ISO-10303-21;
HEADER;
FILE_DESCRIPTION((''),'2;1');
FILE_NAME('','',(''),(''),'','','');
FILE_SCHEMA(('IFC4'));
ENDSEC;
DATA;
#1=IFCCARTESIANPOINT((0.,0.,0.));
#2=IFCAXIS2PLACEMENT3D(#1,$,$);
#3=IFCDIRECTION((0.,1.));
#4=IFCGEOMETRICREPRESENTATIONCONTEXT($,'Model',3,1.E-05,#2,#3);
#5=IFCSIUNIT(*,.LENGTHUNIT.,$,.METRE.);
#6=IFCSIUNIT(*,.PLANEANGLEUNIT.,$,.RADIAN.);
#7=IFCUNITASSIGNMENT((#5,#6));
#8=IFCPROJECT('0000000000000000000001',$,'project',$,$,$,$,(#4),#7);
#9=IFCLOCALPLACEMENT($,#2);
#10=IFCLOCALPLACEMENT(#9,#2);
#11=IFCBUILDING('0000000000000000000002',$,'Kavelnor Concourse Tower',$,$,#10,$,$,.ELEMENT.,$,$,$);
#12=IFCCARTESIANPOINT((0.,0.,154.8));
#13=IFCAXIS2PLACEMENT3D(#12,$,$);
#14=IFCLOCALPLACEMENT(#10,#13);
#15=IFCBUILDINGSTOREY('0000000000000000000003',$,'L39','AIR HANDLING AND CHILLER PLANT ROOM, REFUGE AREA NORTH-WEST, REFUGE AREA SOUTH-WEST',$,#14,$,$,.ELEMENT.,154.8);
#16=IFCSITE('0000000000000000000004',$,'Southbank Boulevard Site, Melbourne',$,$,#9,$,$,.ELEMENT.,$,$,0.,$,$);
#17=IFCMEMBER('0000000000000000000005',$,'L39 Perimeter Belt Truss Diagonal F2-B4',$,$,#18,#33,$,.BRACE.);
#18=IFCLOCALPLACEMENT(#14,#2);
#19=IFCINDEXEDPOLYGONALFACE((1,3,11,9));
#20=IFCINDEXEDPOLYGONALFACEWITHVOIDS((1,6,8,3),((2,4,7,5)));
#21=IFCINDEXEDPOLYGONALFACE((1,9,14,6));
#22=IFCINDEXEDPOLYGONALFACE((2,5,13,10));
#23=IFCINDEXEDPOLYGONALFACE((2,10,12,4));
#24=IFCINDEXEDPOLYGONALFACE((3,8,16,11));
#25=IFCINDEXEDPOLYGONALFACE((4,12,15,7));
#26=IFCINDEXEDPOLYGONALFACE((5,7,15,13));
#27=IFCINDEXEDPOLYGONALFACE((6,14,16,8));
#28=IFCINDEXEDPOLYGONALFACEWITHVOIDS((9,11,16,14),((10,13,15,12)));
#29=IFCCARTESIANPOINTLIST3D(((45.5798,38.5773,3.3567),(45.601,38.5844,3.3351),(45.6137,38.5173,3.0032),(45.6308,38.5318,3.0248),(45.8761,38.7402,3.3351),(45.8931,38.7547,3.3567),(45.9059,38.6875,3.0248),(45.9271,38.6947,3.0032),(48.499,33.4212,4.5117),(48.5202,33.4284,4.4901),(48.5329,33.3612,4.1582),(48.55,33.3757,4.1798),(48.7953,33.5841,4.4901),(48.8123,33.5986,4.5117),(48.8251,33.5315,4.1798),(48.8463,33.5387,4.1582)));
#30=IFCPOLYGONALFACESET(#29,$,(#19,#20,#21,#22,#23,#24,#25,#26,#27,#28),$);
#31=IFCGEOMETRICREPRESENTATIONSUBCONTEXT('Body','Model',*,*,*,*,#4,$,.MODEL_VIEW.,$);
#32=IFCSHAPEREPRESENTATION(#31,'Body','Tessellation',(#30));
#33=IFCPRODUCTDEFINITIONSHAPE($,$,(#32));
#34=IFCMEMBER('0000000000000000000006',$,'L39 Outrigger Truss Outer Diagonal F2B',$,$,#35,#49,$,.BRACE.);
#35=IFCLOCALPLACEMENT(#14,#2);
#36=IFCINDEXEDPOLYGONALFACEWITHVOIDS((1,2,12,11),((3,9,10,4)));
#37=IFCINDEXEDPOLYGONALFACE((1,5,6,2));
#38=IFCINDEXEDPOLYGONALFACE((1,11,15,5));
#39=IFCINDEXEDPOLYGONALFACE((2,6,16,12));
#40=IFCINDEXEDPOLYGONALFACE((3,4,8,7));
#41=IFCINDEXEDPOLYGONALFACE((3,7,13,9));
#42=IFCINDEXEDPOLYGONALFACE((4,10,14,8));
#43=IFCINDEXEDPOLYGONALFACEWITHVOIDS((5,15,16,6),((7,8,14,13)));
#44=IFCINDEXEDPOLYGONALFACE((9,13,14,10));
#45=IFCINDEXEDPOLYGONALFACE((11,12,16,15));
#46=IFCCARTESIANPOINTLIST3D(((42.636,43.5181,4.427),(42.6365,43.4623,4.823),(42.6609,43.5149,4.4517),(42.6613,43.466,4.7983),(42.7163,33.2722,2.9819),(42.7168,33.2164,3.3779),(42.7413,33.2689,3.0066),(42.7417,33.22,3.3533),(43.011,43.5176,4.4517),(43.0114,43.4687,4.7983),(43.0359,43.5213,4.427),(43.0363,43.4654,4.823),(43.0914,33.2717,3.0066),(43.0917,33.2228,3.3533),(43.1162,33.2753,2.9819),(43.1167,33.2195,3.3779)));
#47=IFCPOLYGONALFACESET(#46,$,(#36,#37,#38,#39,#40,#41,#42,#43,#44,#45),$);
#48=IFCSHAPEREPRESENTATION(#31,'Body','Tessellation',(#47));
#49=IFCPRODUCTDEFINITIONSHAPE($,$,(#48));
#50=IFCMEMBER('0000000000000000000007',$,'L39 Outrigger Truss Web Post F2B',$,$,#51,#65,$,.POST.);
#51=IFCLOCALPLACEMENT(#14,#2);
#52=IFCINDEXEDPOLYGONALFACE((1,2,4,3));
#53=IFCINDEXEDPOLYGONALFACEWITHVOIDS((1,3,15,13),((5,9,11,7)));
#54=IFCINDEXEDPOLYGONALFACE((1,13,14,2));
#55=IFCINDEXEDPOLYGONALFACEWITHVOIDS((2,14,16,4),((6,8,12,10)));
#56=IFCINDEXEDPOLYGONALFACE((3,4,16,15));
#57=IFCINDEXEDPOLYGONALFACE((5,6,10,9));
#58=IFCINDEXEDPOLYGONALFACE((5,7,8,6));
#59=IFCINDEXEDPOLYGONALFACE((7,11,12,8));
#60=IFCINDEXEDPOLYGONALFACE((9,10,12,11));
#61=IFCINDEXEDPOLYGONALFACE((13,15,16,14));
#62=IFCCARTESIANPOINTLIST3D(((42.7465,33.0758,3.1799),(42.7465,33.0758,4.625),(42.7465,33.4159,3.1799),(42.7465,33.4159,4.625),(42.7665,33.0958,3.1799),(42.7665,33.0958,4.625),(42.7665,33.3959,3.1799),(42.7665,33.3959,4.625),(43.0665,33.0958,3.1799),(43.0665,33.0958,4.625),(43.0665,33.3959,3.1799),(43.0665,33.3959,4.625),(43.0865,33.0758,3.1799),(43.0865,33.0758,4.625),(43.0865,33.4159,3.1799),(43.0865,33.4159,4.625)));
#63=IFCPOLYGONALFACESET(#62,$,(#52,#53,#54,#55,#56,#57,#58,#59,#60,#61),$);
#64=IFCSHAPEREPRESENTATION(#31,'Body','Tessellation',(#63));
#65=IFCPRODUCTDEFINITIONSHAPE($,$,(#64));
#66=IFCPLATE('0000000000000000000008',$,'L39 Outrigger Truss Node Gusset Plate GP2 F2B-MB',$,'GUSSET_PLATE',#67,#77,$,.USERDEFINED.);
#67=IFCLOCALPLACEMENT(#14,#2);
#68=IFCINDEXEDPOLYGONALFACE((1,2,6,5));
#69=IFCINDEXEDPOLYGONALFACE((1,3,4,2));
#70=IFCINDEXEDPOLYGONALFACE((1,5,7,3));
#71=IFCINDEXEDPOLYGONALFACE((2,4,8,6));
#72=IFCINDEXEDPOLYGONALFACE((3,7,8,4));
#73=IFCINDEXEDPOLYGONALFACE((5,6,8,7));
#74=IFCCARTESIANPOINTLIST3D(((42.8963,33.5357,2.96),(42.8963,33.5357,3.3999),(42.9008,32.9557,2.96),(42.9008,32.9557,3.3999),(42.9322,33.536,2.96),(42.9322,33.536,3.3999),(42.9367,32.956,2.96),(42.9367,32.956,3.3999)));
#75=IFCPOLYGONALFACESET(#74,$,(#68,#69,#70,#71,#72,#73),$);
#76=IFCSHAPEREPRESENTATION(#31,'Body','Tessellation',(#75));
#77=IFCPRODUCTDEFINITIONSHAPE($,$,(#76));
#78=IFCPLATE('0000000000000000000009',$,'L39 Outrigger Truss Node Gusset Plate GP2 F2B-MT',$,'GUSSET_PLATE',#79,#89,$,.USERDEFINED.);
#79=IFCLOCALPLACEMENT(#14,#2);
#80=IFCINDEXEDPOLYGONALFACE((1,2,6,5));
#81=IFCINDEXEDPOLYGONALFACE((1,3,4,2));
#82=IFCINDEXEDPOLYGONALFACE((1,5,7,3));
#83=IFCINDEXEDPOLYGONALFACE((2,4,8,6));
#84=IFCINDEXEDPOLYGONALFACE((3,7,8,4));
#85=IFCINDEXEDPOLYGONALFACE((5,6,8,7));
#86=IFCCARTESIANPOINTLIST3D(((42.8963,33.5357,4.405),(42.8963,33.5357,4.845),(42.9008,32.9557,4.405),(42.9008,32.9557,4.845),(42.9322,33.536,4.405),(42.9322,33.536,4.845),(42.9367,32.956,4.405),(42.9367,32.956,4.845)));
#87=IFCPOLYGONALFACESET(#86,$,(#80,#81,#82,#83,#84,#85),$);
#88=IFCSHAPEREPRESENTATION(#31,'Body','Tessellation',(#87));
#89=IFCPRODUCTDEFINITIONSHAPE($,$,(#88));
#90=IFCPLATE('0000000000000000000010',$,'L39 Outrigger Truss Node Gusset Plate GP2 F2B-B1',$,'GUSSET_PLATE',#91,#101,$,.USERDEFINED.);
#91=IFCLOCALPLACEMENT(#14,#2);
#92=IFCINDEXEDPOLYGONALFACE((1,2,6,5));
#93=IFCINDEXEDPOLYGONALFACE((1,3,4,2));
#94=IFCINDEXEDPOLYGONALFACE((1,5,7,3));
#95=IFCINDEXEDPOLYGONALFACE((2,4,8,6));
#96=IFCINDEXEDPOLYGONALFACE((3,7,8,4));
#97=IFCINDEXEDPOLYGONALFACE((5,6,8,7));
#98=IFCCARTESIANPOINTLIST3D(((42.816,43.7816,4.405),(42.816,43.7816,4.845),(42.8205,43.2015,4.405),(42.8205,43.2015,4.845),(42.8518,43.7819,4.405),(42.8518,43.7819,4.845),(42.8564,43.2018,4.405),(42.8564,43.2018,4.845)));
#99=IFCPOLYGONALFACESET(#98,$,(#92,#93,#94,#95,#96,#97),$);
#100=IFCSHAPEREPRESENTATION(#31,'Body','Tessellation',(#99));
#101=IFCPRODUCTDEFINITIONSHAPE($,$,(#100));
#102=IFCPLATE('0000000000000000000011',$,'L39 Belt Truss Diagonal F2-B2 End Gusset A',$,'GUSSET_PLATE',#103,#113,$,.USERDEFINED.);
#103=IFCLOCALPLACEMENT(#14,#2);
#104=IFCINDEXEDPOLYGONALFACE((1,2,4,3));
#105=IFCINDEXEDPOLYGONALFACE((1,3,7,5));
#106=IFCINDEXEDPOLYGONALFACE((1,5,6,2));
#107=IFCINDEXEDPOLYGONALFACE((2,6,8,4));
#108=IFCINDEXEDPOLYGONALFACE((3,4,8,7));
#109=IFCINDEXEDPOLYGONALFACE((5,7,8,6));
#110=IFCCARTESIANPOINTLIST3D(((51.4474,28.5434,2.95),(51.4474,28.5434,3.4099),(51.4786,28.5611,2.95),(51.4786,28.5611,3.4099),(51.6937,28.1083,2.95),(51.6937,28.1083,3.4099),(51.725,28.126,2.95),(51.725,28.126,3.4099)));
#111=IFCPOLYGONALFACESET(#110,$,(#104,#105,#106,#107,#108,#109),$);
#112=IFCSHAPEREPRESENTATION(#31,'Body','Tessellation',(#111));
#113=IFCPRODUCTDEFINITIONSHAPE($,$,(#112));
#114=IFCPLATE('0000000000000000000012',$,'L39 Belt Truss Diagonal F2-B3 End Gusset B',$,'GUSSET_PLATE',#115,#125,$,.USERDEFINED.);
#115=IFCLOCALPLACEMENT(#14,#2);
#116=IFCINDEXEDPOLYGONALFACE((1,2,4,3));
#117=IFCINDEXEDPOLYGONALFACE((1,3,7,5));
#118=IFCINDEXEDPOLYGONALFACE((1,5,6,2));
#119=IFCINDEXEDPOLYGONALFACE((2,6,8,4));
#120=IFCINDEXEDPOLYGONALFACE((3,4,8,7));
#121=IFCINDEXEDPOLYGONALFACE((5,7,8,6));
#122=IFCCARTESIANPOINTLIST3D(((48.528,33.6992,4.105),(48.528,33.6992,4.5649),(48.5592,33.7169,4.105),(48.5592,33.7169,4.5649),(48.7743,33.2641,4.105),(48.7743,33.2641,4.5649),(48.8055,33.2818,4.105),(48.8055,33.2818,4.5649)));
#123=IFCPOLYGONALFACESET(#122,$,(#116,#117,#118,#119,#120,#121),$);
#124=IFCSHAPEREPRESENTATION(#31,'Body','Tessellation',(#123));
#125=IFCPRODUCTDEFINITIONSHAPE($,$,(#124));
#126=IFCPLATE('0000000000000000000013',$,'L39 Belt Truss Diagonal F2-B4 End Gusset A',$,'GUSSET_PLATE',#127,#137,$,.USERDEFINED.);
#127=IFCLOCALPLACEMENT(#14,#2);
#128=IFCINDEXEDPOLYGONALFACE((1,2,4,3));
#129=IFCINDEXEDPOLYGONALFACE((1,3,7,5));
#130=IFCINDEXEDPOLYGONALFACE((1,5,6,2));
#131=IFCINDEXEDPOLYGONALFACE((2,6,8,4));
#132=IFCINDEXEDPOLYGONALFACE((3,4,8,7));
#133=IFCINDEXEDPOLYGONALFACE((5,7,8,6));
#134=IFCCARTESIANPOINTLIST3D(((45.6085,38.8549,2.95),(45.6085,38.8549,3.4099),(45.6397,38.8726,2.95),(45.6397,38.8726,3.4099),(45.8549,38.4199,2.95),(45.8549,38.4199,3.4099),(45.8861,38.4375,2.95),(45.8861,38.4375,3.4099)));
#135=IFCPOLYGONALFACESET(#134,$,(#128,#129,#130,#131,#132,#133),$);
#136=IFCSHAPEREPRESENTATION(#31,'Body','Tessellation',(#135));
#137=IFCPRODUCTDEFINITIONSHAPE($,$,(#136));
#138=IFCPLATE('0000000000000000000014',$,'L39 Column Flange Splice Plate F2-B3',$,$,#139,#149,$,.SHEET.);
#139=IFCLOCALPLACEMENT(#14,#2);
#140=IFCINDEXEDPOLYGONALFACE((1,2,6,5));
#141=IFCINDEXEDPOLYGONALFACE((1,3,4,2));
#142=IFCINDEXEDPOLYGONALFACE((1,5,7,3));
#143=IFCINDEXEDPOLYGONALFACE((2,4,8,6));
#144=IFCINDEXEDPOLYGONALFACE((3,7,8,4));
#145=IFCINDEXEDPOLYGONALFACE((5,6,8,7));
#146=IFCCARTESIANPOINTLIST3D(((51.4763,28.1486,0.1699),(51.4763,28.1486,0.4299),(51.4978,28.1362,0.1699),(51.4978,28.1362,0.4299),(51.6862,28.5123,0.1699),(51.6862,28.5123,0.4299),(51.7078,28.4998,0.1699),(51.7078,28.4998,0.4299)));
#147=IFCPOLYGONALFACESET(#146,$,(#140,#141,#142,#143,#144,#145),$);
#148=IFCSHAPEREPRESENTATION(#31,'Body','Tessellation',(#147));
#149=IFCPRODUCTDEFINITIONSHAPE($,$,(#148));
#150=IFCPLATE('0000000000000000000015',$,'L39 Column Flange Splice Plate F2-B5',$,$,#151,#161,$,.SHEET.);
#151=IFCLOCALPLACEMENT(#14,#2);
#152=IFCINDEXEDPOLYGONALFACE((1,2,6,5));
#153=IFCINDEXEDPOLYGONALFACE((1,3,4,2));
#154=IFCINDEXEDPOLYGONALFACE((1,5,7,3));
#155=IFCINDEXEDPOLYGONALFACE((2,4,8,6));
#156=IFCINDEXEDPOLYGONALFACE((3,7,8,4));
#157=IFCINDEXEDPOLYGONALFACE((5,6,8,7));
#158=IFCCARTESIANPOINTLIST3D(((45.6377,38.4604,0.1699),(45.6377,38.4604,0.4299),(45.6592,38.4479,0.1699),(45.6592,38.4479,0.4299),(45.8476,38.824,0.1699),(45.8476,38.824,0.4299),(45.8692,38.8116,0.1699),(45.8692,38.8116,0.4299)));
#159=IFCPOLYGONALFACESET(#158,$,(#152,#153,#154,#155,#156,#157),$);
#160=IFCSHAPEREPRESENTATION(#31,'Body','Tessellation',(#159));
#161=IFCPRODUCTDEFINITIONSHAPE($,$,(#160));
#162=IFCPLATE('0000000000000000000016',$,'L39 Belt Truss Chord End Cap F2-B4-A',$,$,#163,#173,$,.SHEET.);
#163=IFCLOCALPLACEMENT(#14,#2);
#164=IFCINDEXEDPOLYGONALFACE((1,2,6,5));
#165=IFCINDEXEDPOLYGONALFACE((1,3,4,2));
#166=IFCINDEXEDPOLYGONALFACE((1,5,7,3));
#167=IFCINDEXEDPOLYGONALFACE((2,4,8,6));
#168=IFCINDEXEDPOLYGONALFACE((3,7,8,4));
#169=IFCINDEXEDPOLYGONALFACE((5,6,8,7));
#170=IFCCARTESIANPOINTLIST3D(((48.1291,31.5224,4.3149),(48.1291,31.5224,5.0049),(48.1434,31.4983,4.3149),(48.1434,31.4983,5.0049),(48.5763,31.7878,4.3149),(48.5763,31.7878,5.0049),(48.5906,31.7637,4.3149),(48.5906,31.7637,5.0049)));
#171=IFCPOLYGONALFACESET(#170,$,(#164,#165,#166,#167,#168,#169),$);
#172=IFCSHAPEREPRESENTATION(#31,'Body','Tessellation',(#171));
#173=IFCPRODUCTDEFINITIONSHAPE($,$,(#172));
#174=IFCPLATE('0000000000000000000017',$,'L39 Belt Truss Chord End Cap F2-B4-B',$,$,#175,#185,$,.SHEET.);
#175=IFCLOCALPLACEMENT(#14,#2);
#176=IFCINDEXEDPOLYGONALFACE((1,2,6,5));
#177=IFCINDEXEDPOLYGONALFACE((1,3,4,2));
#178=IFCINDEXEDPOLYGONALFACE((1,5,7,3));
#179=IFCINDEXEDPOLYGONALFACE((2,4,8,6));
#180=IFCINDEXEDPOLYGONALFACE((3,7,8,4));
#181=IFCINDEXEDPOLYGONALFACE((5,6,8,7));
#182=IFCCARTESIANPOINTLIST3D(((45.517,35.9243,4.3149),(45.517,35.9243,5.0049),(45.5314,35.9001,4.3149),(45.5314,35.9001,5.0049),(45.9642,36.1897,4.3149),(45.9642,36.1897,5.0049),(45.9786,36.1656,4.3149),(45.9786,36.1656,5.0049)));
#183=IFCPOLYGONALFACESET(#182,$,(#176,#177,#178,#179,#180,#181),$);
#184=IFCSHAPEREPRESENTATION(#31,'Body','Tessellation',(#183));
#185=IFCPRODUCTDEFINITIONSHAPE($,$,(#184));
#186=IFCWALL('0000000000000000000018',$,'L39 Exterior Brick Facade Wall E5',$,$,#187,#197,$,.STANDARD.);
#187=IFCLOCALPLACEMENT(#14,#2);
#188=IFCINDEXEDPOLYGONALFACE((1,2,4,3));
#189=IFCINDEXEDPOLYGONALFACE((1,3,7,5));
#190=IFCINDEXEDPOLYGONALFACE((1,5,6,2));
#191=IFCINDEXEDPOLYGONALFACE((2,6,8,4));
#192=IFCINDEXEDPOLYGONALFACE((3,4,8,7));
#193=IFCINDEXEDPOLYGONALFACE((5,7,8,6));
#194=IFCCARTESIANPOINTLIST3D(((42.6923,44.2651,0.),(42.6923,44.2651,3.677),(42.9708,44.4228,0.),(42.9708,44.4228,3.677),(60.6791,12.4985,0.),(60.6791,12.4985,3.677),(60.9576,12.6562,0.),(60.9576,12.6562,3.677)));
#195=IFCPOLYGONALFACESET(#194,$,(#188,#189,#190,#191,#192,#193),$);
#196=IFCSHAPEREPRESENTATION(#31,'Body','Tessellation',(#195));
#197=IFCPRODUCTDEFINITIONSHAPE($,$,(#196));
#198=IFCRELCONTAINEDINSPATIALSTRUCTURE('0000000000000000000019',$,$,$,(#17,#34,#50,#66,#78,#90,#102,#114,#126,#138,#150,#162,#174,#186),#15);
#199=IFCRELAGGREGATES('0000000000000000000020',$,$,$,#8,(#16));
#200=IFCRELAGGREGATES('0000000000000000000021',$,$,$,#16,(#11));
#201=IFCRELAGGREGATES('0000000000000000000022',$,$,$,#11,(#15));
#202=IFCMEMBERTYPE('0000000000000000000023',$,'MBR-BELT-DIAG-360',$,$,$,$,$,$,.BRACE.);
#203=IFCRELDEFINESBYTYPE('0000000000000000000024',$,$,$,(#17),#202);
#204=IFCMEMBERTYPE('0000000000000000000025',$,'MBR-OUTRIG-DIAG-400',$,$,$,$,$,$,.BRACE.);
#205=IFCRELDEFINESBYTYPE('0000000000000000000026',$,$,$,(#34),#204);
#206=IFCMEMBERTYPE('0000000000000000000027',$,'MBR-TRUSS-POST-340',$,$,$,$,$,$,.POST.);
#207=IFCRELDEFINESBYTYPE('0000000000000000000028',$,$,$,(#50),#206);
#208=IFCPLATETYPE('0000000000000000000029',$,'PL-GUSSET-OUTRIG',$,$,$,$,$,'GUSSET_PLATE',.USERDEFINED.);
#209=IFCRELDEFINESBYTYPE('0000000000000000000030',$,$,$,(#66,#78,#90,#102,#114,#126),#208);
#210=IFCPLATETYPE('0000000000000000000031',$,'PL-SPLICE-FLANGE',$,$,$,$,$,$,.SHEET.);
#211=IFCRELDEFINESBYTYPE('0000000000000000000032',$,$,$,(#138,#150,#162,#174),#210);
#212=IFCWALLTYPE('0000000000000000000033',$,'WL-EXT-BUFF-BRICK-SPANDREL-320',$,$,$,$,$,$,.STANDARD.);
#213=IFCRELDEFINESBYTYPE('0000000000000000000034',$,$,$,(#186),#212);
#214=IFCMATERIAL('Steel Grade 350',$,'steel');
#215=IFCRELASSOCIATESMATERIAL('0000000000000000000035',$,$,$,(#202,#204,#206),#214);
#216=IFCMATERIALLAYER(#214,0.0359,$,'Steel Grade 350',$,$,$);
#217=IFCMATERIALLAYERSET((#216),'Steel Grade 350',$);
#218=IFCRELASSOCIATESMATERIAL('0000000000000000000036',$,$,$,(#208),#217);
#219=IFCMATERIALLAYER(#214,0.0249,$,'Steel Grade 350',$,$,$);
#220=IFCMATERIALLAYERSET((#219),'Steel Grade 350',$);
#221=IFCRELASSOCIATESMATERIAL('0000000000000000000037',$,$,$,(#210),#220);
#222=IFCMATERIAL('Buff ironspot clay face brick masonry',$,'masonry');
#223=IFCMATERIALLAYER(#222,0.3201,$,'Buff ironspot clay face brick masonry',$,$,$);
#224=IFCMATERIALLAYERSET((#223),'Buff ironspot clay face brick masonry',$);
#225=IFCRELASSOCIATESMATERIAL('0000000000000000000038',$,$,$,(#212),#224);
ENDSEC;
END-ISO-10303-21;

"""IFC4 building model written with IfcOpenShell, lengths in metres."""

from ifc_helpers import new_model, si_unit, direction, frame, frame_2d, origin, origin_2d, place, context, subcontext, project, spatial, rectangle, hollow_rectangle, extrude, material, layer, layer_set, material_profile, profile_set, type_object, element, save


model = new_model("IFC4")

# Units and contexts
model_context = context("Model", 3, precision=1e-05, world=origin(), true_north=direction((0.0, 1.0)))
body_context = subcontext(model_context, "Body", "Model", "MODEL_VIEW")
ifc_project = project(units=[si_unit("LENGTHUNIT", "METRE"), si_unit("PLANEANGLEUNIT", "RADIAN")], contexts=[model_context])

# Site, building, storey
site_placement = place(None, origin())
site = spatial("IfcSite", under=ifc_project, at=site_placement, Name="Southbank Boulevard Site, Melbourne", CompositionType="ELEMENT", RefElevation=0.0)
building_placement = place(site_placement, origin())
building = spatial("IfcBuilding", under=site, at=building_placement, Name="Kavelnor Concourse Tower", CompositionType="ELEMENT")
storey_placement = place(building_placement, frame((0.0, 0.0, 154.8)))
storey = spatial("IfcBuildingStorey", under=building, at=storey_placement, Name="L39", Description="AIR HANDLING AND CHILLER PLANT ROOM, REFUGE AREA NORTH-WEST, REFUGE AREA SOUTH-WEST", CompositionType="ELEMENT", Elevation=154.8)

# Shared definitions
ifc_material_1 = material(Name="Steel Grade 350", Category="steel")

# Members
ifc_material_profile_1 = material_profile(ifc_material_1, hollow_rectangle(XDim=0.3601, YDim=0.3601, WallThickness=0.022, at=origin_2d()), Name="SHS 360x360x22")
ifc_profile_set_1 = profile_set([ifc_material_profile_1], Name="Steel Grade 350")
member_type_1 = type_object("IfcMemberType", Name="MBR-BELT-DIAG-360", PredefinedType="BRACE", material=ifc_profile_set_1)
member_1_placement = place(storey_placement, frame((45.7534, 38.636, 3.1799), z_axis=(0.483584, -0.854129, 0.191339), x_axis=(0.870207, 0.492687, 0.0)))
element("IfcMember", 1, at=member_1_placement, inside=storey, type_object=member_type_1, Name="L39 Perimeter Belt Truss Diagonal F2-B4", PredefinedType="BRACE", context=body_context, shape_type="SweptSolid", body=[
    extrude(hollow_rectangle(XDim=0.3601, YDim=0.3601, WallThickness=0.022, at=origin_2d()), origin(), (0.0, 0.0, 1.0), 6.0366),
])
ifc_material_profile_2 = material_profile(ifc_material_1, hollow_rectangle(XDim=0.3999, YDim=0.3999, WallThickness=0.0249, at=origin_2d()), Name="SHS 400x400x25")
ifc_profile_set_2 = profile_set([ifc_material_profile_2], Name="Steel Grade 350")
member_type_2 = type_object("IfcMemberType", Name="MBR-OUTRIG-DIAG-400", PredefinedType="BRACE", material=ifc_profile_set_2)
member_2_placement = place(storey_placement, frame((42.9165, 33.2458, 3.1799), z_axis=(-0.007762, 0.99017, 0.139653), x_axis=(-0.999969, -0.007839, 0.0)))
element("IfcMember", 2, at=member_2_placement, inside=storey, type_object=member_type_2, Name="L39 Outrigger Truss Outer Diagonal F2B", PredefinedType="BRACE", context=body_context, shape_type="SweptSolid", body=[
    extrude(hollow_rectangle(XDim=0.3999, YDim=0.3999, WallThickness=0.0249, at=origin_2d()), origin(), (0.0, 0.0, 1.0), 10.3477),
])
ifc_material_profile_3 = material_profile(ifc_material_1, hollow_rectangle(XDim=0.3401, YDim=0.3401, WallThickness=0.02, at=origin_2d()), Name="SHS 340x340x20")
ifc_profile_set_3 = profile_set([ifc_material_profile_3], Name="Steel Grade 350")
member_type_3 = type_object("IfcMemberType", Name="MBR-TRUSS-POST-340", PredefinedType="POST", material=ifc_profile_set_3)
member_3_placement = place(storey_placement, frame((42.9165, 33.2458, 3.1799), z_axis=(0.0, 0.0, 1.0), x_axis=(1.0, 0.0, 0.0)))
element("IfcMember", 3, at=member_3_placement, inside=storey, type_object=member_type_3, Name="L39 Outrigger Truss Web Post F2B", PredefinedType="POST", context=body_context, shape_type="SweptSolid", body=[
    extrude(hollow_rectangle(XDim=0.3401, YDim=0.3401, WallThickness=0.02, at=origin_2d()), origin(), (0.0, 0.0, 1.0), 1.4451),
])

# Plates
ifc_layer_1 = layer(ifc_material_1, 0.0359, Name="Steel Grade 350")
ifc_layer_set_1 = layer_set([ifc_layer_1], Name="Steel Grade 350")
plate_type_1 = type_object("IfcPlateType", Name="PL-GUSSET-OUTRIG", ElementType="GUSSET_PLATE", PredefinedType="USERDEFINED", material=ifc_layer_set_1)
for number, where, z_axis, x_axis, name in (
    (4, (42.9165, 33.2458, 2.96), (0.0, 0.0, 1.0), (-0.007854, 0.999969, 0.0), "L39 Outrigger Truss Node Gusset Plate GP2 F2B-MB"),
    (5, (42.9165, 33.2458, 4.405), (0.0, 0.0, 1.0), (-0.007854, 0.999969, 0.0), "L39 Outrigger Truss Node Gusset Plate GP2 F2B-MT"),
    (6, (42.8362, 43.4917, 4.405), (0.0, 0.0, 1.0), (-0.007854, 0.999969, 0.0), "L39 Outrigger Truss Node Gusset Plate GP2 F2B-B1"),
):
    element("IfcPlate", number, at=place(storey_placement, frame(where, z_axis=z_axis, x_axis=x_axis)), inside=storey, type_object=plate_type_1, Name=name, ObjectType="GUSSET_PLATE", PredefinedType="USERDEFINED", context=body_context, shape_type="SweptSolid", body=[
        extrude(rectangle(XDim=0.5801, YDim=0.0359, at=origin_2d()), origin(), (0.0, 0.0, 1.0), 0.4399),
    ])
for number, where, z_axis, x_axis, name in (
    (7, (51.5862, 28.3347, 2.95), (0.0, 0.0, 1.0), (0.492727, -0.870184, 0.0), "L39 Belt Truss Diagonal F2-B2 End Gusset A"),
    (8, (48.6667, 33.4905, 4.105), (0.0, 0.0, 1.0), (-0.492727, 0.870184, 0.0), "L39 Belt Truss Diagonal F2-B3 End Gusset B"),
    (9, (45.7473, 38.6462, 2.95), (0.0, 0.0, 1.0), (0.492727, -0.870184, 0.0), "L39 Belt Truss Diagonal F2-B4 End Gusset A"),
):
    element("IfcPlate", number, at=place(storey_placement, frame(where, z_axis=z_axis, x_axis=x_axis)), inside=storey, type_object=plate_type_1, Name=name, ObjectType="GUSSET_PLATE", PredefinedType="USERDEFINED", context=body_context, shape_type="SweptSolid", body=[
        extrude(rectangle(XDim=0.5, YDim=0.0359, at=origin_2d()), origin(), (0.0, 0.0, 1.0), 0.46),
    ])
ifc_layer_2 = layer(ifc_material_1, 0.0249, Name="Steel Grade 350")
ifc_layer_set_2 = layer_set([ifc_layer_2], Name="Steel Grade 350")
plate_type_2 = type_object("IfcPlateType", Name="PL-SPLICE-FLANGE", PredefinedType="SHEET", material=ifc_layer_set_2)
for number, where, z_axis, x_axis, name in (
    (10, (51.592, 28.3242, 0.1699), (0.0, 0.0, 1.0), (-0.5, -0.866025, 0.0), "L39 Column Flange Splice Plate F2-B3"),
    (11, (45.7534, 38.636, 0.1699), (0.0, 0.0, 1.0), (-0.5, -0.866025, 0.0), "L39 Column Flange Splice Plate F2-B5"),
):
    element("IfcPlate", number, at=place(storey_placement, frame(where, z_axis=z_axis, x_axis=x_axis)), inside=storey, type_object=plate_type_2, Name=name, PredefinedType="SHEET", context=body_context, shape_type="SweptSolid", body=[
        extrude(rectangle(XDim=0.4199, YDim=0.0249, at=origin_2d()), origin(), (0.0, 0.0, 1.0), 0.26),
    ])
for number, where, z_axis, x_axis, name in (
    (12, (48.3599, 31.6431, 4.3149), (0.0, 0.0, 1.0), (0.859941, 0.510393, 0.0), "L39 Belt Truss Chord End Cap F2-B4-A"),
    (13, (45.7478, 36.0449, 4.3149), (0.0, 0.0, 1.0), (-0.859941, -0.510393, 0.0), "L39 Belt Truss Chord End Cap F2-B4-B"),
):
    element("IfcPlate", number, at=place(storey_placement, frame(where, z_axis=z_axis, x_axis=x_axis)), inside=storey, type_object=plate_type_2, Name=name, PredefinedType="SHEET", context=body_context, shape_type="SweptSolid", body=[
        extrude(rectangle(XDim=0.52, YDim=0.0281, at=origin_2d()), origin(), (0.0, 0.0, 1.0), 0.6899),
    ])

# Wall
ifc_material_2 = material(Name="Buff ironspot clay face brick masonry", Category="masonry")
ifc_layer_3 = layer(ifc_material_2, 0.3201, Name="Buff ironspot clay face brick masonry")
ifc_layer_set_3 = layer_set([ifc_layer_3], Name="Buff ironspot clay face brick masonry")
wall_type_1 = type_object("IfcWallType", Name="WL-EXT-BUFF-BRICK-SPANDREL-320", PredefinedType="STANDARD", material=ifc_layer_set_3)
wall_1_placement = place(storey_placement, frame((42.8315, 44.344, 0.0), z_axis=(0.0, 0.0, 1.0), x_axis=(0.492717, -0.87019, 0.0)))
element("IfcWall", 14, at=wall_1_placement, inside=storey, type_object=wall_type_1, Name="L39 Exterior Brick Facade Wall E5", PredefinedType="STANDARD", context=body_context, shape_type="SweptSolid", body=[
    extrude(rectangle(XDim=36.5054, YDim=0.3201, at=frame_2d((18.2527, 0.0))), origin(), (0.0, 0.0, 1.0), 3.677),
])

save(model, "model.ifc")
